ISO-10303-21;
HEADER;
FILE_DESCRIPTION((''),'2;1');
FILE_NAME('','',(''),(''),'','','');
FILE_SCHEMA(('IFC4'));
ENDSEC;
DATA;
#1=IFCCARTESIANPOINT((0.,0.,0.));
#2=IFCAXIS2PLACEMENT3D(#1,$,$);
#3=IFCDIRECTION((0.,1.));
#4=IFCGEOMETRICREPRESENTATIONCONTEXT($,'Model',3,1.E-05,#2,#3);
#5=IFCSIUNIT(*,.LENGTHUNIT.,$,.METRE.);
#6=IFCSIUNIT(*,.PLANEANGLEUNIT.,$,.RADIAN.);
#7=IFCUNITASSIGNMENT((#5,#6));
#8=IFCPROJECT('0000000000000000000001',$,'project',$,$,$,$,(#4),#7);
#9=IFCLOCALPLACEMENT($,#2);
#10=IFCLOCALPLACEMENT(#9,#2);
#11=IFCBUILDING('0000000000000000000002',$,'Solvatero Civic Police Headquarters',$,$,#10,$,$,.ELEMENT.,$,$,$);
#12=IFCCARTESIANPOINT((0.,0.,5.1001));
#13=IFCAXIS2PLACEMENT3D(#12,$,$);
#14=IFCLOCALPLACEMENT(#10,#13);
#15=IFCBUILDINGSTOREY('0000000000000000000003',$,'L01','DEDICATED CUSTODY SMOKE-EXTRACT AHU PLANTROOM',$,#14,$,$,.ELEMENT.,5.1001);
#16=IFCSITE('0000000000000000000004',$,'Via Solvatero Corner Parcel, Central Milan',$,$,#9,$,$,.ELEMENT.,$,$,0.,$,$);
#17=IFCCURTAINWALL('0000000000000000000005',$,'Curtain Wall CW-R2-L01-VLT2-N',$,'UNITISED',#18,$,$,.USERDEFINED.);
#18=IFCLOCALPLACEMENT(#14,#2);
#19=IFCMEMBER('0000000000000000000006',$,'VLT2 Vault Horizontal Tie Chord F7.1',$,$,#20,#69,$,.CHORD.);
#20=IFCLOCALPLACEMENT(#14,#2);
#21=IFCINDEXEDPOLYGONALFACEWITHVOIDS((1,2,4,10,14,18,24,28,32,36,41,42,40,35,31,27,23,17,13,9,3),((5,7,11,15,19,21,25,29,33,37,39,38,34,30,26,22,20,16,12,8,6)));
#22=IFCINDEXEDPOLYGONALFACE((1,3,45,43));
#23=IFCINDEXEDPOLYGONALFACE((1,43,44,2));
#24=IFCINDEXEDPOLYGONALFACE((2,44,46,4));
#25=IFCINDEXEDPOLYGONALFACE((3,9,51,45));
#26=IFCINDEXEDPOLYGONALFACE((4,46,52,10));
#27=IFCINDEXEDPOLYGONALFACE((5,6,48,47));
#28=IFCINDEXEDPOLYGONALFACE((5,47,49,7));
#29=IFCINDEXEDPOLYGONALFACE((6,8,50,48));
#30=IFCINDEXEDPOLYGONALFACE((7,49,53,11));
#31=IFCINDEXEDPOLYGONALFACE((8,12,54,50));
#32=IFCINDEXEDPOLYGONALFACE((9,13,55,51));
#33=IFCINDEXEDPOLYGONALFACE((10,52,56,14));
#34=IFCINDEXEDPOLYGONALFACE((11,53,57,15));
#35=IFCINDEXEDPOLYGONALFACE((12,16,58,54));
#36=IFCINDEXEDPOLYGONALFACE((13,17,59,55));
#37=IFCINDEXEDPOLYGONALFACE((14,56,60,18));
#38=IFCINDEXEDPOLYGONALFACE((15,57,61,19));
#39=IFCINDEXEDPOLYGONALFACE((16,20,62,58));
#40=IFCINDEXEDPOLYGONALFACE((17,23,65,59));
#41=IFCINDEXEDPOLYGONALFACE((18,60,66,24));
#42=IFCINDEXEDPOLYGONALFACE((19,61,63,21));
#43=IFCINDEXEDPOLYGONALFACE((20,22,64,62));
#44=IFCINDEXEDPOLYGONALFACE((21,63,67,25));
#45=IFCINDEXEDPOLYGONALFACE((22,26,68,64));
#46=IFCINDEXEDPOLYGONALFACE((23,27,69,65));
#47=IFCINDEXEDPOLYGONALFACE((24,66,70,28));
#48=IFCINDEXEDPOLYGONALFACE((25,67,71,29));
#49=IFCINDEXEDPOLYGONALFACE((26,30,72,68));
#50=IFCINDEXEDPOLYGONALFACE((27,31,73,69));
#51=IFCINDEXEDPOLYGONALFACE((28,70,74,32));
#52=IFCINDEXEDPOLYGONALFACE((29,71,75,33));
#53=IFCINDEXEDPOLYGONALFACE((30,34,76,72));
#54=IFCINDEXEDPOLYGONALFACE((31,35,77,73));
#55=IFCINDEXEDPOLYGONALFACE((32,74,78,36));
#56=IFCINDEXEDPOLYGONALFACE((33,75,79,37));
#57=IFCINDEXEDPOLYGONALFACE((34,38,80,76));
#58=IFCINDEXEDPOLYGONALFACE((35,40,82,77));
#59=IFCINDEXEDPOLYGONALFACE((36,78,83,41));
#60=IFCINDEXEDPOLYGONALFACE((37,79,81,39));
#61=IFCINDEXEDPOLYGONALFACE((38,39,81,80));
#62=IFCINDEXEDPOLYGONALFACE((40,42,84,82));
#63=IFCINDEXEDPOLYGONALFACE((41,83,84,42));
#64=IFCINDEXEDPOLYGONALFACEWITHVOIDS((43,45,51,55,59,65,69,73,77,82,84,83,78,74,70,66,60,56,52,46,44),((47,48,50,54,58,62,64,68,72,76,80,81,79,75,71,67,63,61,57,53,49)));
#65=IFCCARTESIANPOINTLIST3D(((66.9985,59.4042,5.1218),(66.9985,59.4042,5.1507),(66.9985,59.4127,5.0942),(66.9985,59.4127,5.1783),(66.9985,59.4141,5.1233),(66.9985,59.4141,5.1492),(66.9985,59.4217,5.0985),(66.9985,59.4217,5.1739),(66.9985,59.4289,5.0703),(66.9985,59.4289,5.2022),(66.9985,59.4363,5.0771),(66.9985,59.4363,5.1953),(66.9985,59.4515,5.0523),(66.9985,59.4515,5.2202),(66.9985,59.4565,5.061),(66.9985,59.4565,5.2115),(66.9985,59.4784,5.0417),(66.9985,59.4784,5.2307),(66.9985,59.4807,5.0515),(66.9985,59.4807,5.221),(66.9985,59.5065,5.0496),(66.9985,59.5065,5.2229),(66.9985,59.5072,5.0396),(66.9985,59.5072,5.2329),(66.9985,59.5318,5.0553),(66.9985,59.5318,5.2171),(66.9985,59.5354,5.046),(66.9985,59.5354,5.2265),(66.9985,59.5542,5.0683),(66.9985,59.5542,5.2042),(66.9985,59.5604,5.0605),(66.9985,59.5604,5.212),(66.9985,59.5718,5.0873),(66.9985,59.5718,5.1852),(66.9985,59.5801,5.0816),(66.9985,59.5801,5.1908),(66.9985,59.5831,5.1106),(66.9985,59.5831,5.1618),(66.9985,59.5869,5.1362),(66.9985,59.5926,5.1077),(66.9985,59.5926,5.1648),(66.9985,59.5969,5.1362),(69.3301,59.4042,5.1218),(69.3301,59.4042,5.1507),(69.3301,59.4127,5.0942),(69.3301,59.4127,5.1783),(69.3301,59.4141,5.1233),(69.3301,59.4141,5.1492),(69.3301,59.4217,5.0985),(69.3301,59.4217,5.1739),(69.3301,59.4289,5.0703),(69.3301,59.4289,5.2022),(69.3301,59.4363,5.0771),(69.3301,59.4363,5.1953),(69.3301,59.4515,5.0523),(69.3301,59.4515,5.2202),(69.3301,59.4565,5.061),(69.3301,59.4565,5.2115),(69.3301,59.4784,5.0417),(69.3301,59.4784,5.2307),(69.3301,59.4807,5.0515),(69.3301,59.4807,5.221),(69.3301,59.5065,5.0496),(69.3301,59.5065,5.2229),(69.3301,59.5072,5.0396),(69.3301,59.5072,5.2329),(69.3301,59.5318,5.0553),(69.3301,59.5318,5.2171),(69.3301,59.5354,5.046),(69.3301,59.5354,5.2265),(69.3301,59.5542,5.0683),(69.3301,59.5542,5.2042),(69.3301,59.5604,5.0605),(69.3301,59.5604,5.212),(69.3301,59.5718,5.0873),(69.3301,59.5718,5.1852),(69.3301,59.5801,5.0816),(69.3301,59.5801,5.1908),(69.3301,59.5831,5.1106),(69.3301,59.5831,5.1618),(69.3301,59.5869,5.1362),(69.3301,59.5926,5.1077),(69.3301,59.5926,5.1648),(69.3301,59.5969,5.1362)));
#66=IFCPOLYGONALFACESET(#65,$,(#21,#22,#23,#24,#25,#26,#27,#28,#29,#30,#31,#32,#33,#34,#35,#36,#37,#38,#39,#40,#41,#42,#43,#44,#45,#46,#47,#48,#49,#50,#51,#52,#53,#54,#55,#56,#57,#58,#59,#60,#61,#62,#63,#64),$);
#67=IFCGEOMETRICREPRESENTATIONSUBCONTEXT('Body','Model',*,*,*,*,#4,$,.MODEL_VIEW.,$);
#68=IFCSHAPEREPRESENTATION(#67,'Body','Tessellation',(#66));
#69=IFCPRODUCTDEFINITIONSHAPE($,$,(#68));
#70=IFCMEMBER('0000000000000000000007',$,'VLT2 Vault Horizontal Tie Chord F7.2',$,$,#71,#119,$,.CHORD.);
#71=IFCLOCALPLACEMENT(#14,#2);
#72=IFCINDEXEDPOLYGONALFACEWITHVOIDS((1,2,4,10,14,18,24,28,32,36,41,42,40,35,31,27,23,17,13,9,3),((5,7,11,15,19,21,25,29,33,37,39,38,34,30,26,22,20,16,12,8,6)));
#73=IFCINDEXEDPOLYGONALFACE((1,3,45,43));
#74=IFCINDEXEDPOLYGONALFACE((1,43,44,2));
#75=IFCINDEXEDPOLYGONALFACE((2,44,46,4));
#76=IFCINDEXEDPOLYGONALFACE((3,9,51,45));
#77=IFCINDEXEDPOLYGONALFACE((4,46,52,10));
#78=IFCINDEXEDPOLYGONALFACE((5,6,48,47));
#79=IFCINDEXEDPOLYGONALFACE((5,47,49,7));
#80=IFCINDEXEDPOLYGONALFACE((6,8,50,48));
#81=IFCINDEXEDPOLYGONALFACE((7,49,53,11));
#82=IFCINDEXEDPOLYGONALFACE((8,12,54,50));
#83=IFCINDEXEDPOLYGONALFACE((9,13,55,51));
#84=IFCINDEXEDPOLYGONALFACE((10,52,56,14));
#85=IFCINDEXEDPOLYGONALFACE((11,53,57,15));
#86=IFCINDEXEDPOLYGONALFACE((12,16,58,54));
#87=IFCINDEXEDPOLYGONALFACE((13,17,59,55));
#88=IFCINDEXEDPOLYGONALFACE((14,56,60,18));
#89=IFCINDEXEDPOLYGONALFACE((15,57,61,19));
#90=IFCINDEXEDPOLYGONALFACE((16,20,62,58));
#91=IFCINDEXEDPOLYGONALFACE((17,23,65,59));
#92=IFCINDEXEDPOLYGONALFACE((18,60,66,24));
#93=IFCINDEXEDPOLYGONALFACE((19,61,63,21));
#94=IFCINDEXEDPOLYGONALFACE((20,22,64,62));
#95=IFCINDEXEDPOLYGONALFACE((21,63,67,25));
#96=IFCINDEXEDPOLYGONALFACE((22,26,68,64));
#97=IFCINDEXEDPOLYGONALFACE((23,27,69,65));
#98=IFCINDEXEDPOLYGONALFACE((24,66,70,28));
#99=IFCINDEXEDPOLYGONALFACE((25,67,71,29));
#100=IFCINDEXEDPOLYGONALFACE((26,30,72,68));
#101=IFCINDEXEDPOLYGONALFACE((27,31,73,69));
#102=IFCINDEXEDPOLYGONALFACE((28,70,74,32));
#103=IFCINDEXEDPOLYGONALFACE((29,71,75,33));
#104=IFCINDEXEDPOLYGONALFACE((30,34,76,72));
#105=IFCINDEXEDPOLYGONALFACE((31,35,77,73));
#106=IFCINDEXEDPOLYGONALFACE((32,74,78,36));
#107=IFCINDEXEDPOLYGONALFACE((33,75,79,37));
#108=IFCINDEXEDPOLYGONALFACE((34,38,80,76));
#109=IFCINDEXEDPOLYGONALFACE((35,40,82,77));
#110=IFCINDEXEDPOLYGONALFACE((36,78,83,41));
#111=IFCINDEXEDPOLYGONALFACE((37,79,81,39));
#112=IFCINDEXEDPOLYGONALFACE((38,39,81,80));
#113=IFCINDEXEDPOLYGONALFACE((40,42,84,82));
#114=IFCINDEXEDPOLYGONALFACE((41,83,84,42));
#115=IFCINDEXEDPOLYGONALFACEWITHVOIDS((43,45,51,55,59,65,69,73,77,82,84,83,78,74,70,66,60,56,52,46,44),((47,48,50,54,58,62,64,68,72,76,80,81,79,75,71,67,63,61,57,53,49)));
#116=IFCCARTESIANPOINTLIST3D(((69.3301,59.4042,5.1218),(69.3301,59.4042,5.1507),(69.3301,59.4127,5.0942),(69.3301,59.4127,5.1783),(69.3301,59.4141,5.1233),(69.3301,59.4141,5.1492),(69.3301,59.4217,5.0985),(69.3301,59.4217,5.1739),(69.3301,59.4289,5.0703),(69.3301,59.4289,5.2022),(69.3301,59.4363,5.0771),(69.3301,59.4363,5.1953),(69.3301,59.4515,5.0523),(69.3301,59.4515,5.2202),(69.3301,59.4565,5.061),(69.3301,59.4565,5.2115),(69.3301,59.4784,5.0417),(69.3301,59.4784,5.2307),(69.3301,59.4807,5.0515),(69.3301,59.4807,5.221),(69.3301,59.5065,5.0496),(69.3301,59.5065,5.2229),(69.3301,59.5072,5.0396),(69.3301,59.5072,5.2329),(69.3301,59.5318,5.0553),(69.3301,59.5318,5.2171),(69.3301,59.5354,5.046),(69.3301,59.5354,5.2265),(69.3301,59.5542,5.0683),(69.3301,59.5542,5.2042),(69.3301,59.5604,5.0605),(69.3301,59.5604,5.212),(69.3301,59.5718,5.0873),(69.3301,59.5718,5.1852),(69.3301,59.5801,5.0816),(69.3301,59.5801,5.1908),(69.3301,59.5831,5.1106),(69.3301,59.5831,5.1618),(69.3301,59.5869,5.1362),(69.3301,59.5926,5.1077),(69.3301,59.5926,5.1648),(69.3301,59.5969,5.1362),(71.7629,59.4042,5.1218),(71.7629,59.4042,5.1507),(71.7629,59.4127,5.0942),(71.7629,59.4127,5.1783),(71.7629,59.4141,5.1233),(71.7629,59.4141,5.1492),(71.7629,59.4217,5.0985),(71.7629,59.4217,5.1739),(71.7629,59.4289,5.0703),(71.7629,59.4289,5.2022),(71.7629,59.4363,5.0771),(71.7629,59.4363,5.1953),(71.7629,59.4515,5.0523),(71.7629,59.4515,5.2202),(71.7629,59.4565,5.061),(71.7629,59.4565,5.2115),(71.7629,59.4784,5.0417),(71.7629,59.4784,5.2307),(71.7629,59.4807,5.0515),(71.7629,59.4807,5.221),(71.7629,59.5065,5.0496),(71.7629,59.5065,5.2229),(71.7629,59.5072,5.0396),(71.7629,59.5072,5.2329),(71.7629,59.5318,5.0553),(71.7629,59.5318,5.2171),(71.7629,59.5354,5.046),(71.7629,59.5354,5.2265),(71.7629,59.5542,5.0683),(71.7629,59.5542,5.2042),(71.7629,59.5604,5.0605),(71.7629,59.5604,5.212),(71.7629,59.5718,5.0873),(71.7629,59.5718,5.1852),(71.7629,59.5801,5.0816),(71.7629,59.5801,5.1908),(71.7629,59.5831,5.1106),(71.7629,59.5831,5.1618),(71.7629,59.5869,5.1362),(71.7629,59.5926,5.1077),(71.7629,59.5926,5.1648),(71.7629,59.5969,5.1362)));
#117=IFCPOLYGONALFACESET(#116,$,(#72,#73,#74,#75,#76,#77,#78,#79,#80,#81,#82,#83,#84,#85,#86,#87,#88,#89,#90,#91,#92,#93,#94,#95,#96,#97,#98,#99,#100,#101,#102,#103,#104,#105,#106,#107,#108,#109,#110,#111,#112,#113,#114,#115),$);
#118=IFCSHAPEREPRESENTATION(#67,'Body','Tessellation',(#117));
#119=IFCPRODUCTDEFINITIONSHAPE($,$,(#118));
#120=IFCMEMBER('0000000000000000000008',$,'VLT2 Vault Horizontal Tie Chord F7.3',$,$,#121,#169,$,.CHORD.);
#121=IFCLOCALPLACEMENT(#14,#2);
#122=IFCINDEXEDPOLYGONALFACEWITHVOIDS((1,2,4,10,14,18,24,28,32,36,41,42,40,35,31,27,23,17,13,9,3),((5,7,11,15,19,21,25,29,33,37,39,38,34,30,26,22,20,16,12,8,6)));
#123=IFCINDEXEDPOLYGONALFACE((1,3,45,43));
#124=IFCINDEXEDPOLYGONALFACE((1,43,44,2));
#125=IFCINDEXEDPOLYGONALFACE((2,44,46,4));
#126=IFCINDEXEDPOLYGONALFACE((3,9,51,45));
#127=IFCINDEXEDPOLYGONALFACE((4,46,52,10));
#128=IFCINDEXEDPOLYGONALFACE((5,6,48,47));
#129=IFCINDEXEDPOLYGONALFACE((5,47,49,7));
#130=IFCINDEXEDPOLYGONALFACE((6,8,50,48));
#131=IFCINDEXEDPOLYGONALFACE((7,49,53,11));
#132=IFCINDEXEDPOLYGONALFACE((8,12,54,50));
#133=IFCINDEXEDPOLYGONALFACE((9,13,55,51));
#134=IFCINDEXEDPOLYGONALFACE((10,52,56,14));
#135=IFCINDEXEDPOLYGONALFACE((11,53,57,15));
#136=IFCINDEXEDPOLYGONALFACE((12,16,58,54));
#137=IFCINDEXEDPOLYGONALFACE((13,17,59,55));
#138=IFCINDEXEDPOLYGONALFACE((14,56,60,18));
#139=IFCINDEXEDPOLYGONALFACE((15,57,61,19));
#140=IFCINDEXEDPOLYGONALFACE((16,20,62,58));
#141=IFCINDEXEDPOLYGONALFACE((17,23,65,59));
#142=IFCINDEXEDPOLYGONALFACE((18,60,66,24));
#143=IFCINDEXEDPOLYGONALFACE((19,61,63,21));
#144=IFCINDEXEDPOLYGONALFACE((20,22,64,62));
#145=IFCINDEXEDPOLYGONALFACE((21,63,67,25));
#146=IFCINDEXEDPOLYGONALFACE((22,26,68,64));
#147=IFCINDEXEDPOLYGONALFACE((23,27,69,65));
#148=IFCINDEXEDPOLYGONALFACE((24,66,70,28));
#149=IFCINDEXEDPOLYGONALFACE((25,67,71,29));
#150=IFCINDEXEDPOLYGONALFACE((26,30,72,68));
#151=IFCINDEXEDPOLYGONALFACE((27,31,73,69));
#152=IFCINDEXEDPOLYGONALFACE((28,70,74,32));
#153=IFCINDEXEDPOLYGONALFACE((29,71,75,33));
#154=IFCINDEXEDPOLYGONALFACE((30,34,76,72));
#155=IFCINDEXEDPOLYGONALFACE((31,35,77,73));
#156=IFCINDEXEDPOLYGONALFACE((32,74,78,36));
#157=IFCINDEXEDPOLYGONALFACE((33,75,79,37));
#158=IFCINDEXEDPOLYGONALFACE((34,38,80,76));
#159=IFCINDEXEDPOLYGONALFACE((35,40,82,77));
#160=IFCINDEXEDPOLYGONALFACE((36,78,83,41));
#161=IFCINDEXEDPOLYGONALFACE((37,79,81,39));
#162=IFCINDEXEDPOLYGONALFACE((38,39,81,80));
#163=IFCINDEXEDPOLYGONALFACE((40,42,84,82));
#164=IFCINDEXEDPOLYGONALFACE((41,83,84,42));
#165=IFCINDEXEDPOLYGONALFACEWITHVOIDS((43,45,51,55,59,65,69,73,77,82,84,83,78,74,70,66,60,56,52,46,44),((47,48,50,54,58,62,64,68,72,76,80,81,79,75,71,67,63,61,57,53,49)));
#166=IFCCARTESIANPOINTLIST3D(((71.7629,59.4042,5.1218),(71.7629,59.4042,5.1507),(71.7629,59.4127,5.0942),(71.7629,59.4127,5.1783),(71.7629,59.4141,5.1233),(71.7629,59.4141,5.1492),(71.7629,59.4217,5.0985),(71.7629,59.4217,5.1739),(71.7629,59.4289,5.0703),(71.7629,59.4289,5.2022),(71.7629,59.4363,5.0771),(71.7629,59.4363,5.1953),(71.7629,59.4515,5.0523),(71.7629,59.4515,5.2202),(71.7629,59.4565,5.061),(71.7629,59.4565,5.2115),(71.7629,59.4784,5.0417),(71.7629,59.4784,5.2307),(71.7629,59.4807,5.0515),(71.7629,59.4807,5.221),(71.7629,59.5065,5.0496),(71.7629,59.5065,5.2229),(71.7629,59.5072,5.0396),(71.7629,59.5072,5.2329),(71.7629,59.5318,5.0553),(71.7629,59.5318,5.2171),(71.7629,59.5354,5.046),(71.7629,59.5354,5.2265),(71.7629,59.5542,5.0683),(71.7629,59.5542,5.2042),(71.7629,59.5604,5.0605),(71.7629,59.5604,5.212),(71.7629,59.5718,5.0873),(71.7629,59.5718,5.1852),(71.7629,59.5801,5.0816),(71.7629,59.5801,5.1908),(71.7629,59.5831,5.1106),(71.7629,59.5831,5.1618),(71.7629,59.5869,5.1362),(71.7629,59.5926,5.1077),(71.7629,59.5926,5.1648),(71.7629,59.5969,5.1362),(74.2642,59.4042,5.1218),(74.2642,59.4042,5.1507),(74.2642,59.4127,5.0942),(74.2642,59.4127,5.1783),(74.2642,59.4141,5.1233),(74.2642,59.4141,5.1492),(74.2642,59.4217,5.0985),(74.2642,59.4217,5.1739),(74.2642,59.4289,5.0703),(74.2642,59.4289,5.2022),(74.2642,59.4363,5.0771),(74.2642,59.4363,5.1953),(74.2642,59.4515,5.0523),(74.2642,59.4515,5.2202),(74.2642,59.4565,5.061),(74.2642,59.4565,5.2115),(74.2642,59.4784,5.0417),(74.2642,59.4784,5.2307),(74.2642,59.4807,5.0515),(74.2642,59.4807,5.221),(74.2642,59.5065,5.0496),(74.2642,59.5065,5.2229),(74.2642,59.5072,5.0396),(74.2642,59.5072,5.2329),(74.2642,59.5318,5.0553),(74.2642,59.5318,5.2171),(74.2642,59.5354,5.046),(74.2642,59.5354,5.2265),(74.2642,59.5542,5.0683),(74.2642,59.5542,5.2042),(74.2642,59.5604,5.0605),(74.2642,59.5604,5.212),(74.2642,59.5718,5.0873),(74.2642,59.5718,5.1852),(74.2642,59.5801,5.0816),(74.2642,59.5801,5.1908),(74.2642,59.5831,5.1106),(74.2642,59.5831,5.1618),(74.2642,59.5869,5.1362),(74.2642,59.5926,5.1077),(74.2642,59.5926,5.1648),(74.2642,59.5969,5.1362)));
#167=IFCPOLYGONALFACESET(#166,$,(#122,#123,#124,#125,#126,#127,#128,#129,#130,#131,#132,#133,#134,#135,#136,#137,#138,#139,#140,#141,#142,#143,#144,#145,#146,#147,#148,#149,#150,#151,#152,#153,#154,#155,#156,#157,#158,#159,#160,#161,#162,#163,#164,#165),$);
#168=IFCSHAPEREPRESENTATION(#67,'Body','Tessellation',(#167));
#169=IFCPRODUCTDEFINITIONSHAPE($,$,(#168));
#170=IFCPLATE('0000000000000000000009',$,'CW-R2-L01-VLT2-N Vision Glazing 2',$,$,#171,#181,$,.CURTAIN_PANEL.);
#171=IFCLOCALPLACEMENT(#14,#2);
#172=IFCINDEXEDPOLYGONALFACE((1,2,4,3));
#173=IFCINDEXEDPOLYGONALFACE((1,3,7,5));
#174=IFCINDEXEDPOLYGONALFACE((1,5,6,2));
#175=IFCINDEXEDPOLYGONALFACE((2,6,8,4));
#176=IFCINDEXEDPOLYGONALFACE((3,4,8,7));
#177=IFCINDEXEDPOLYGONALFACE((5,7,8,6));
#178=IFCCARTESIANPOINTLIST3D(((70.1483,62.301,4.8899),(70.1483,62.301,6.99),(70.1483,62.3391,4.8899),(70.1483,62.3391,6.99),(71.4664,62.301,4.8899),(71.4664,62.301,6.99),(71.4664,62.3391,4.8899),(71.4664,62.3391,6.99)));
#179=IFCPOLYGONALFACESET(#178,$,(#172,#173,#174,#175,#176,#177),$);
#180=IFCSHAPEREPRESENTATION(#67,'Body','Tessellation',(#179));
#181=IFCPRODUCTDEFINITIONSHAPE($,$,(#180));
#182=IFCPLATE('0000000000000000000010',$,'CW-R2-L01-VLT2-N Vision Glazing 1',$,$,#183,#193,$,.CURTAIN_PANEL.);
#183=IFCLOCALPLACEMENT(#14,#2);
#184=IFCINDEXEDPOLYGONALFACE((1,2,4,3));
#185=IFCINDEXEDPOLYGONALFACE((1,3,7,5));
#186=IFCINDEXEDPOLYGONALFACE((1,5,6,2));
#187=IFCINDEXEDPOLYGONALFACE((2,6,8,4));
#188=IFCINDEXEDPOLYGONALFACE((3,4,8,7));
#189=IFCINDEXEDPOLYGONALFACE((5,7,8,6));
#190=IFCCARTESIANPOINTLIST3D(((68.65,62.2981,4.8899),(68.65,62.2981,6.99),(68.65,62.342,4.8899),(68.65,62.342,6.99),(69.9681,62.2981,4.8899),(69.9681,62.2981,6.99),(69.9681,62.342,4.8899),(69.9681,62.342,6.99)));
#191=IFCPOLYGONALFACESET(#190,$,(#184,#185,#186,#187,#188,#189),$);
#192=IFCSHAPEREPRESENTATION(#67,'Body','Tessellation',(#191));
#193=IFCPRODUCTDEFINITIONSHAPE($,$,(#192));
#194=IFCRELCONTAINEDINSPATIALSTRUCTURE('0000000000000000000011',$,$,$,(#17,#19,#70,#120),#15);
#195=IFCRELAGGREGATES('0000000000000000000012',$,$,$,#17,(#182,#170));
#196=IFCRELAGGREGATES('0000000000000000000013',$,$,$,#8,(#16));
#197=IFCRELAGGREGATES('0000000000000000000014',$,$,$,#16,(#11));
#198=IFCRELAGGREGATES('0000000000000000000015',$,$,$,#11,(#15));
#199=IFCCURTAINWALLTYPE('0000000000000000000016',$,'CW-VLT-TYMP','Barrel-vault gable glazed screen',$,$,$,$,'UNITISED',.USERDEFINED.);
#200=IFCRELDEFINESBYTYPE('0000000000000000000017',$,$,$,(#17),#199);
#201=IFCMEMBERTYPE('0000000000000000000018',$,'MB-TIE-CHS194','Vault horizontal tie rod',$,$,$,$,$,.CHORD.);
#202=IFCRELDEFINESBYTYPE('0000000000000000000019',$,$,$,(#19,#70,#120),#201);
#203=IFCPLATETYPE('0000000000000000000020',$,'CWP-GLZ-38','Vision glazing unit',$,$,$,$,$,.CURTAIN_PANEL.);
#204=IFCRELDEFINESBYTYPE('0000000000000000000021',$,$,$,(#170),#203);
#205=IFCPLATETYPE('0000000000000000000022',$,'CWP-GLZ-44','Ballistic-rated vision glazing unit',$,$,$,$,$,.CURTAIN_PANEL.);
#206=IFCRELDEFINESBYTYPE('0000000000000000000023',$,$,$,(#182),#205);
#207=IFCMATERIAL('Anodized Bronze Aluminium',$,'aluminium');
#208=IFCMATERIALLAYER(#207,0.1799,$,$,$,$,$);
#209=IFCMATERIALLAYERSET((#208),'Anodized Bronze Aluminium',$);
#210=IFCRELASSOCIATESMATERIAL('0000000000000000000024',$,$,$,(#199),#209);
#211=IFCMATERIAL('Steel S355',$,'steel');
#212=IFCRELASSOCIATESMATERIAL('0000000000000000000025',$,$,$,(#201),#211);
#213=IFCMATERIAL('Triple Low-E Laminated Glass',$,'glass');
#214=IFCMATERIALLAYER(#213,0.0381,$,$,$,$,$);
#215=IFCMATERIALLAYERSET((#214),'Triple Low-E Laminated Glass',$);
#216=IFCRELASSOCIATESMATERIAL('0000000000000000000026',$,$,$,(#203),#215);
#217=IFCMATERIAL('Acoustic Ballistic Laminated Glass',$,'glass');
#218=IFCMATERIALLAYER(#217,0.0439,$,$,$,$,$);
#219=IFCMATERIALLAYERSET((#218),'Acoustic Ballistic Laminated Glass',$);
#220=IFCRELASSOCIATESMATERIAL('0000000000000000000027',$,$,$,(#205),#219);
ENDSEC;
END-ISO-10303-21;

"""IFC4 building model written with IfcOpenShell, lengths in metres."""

from ifc_helpers import new_model, si_unit, direction, frame, origin, origin_2d, place, context, subcontext, project, spatial, rectangle, hollow_circle, extrude, material, layer, layer_set, material_profile, profile_set, type_object, element, aggregate, save


model = new_model("IFC4")

# Units and contexts
model_context = context("Model", 3, precision=1e-05, world=origin(), true_north=direction((0.0, 1.0)))
body_context = subcontext(model_context, "Body", "Model", "MODEL_VIEW")
ifc_project = project(units=[si_unit("LENGTHUNIT", "METRE"), si_unit("PLANEANGLEUNIT", "RADIAN")], contexts=[model_context])

# Site, building, storey
site_placement = place(None, origin())
site = spatial("IfcSite", under=ifc_project, at=site_placement, Name="Via Solvatero Corner Parcel, Central Milan", CompositionType="ELEMENT", RefElevation=0.0)
building_placement = place(site_placement, origin())
building = spatial("IfcBuilding", under=site, at=building_placement, Name="Solvatero Civic Police Headquarters", CompositionType="ELEMENT")
storey_placement = place(building_placement, frame((0.0, 0.0, 5.1001)))
storey = spatial("IfcBuildingStorey", under=building, at=storey_placement, Name="L01", Description="DEDICATED CUSTODY SMOKE-EXTRACT AHU PLANTROOM", CompositionType="ELEMENT", Elevation=5.1001)

# Shared definitions
ifc_material_1 = material(Name="Steel S355", Category="steel")

# Curtain wall
ifc_material_2 = material(Name="Anodized Bronze Aluminium", Category="aluminium")
ifc_layer_1 = layer(ifc_material_2, 0.1799)
ifc_layer_set_1 = layer_set([ifc_layer_1], Name="Anodized Bronze Aluminium")
curtain_wall_type_1 = type_object("IfcCurtainWallType", Name="CW-VLT-TYMP", Description="Barrel-vault gable glazed screen", ElementType="UNITISED", PredefinedType="USERDEFINED", material=ifc_layer_set_1)
curtain_wall_1_placement = place(storey_placement, origin())
curtain_wall_1 = element("IfcCurtainWall", 1, at=curtain_wall_1_placement, inside=storey, type_object=curtain_wall_type_1, Name="Curtain Wall CW-R2-L01-VLT2-N", ObjectType="UNITISED", PredefinedType="USERDEFINED")

# Members
ifc_material_profile_1 = material_profile(ifc_material_1, hollow_circle(Radius=0.0969, WallThickness=0.01, at=origin_2d()), Name="CHS 193.7x10.0")
ifc_profile_set_1 = profile_set([ifc_material_profile_1], Name="Steel S355")
member_type_1 = type_object("IfcMemberType", Name="MB-TIE-CHS194", Description="Vault horizontal tie rod", PredefinedType="CHORD", material=ifc_profile_set_1)
member_1_placement = place(storey_placement, frame((66.9985, 59.5, 5.1362), z_axis=(1.0, 0.0, 0.0), x_axis=(0.0, 1.0, 0.0)))
element("IfcMember", 2, at=member_1_placement, inside=storey, type_object=member_type_1, Name="VLT2 Vault Horizontal Tie Chord F7.1", PredefinedType="CHORD", context=body_context, shape_type="SweptSolid", body=[
    extrude(hollow_circle(Radius=0.0969, WallThickness=0.01, at=origin_2d()), origin(), (0.0, 0.0, 1.0), 2.3315),
])
member_2_placement = place(storey_placement, frame((69.3301, 59.5, 5.1362), z_axis=(1.0, 0.0, 0.0), x_axis=(0.0, 1.0, 0.0)))
element("IfcMember", 3, at=member_2_placement, inside=storey, type_object=member_type_1, Name="VLT2 Vault Horizontal Tie Chord F7.2", PredefinedType="CHORD", context=body_context, shape_type="SweptSolid", body=[
    extrude(hollow_circle(Radius=0.0969, WallThickness=0.01, at=origin_2d()), origin(), (0.0, 0.0, 1.0), 2.4329),
])
member_3_placement = place(storey_placement, frame((71.7629, 59.5, 5.1362), z_axis=(1.0, 0.0, 0.0), x_axis=(0.0, 1.0, 0.0)))
element("IfcMember", 4, at=member_3_placement, inside=storey, type_object=member_type_1, Name="VLT2 Vault Horizontal Tie Chord F7.3", PredefinedType="CHORD", context=body_context, shape_type="SweptSolid", body=[
    extrude(hollow_circle(Radius=0.0969, WallThickness=0.01, at=origin_2d()), origin(), (0.0, 0.0, 1.0), 2.5012),
])

# Plates
ifc_material_3 = material(Name="Triple Low-E Laminated Glass", Category="glass")
ifc_layer_2 = layer(ifc_material_3, 0.0381)
ifc_layer_set_2 = layer_set([ifc_layer_2], Name="Triple Low-E Laminated Glass")
plate_type_1 = type_object("IfcPlateType", Name="CWP-GLZ-38", Description="Vision glazing unit", PredefinedType="CURTAIN_PANEL", material=ifc_layer_set_2)
plate_1_placement = place(storey_placement, frame((70.8074, 62.3201, 4.8899), z_axis=(0.0, 0.0, 1.0), x_axis=(1.0, 0.0, 0.0)))
plate_1 = element("IfcPlate", 5, at=plate_1_placement, type_object=plate_type_1, Name="CW-R2-L01-VLT2-N Vision Glazing 2", PredefinedType="CURTAIN_PANEL", context=body_context, shape_type="SweptSolid", body=[
    extrude(rectangle(XDim=1.3181, YDim=0.0381, at=origin_2d()), origin(), (0.0, 0.0, 1.0), 2.1001),
])
ifc_material_4 = material(Name="Acoustic Ballistic Laminated Glass", Category="glass")
ifc_layer_3 = layer(ifc_material_4, 0.0439)
ifc_layer_set_3 = layer_set([ifc_layer_3], Name="Acoustic Ballistic Laminated Glass")
plate_type_2 = type_object("IfcPlateType", Name="CWP-GLZ-44", Description="Ballistic-rated vision glazing unit", PredefinedType="CURTAIN_PANEL", material=ifc_layer_set_3)
plate_2_placement = place(storey_placement, frame((69.3091, 62.3201, 4.8899), z_axis=(0.0, 0.0, 1.0), x_axis=(1.0, 0.0, 0.0)))
plate_2 = element("IfcPlate", 6, at=plate_2_placement, type_object=plate_type_2, Name="CW-R2-L01-VLT2-N Vision Glazing 1", PredefinedType="CURTAIN_PANEL", context=body_context, shape_type="SweptSolid", body=[
    extrude(rectangle(XDim=1.3181, YDim=0.0439, at=origin_2d()), origin(), (0.0, 0.0, 1.0), 2.1001),
])
aggregate(curtain_wall_1, [plate_2, plate_1])

save(model, "model.ifc")
